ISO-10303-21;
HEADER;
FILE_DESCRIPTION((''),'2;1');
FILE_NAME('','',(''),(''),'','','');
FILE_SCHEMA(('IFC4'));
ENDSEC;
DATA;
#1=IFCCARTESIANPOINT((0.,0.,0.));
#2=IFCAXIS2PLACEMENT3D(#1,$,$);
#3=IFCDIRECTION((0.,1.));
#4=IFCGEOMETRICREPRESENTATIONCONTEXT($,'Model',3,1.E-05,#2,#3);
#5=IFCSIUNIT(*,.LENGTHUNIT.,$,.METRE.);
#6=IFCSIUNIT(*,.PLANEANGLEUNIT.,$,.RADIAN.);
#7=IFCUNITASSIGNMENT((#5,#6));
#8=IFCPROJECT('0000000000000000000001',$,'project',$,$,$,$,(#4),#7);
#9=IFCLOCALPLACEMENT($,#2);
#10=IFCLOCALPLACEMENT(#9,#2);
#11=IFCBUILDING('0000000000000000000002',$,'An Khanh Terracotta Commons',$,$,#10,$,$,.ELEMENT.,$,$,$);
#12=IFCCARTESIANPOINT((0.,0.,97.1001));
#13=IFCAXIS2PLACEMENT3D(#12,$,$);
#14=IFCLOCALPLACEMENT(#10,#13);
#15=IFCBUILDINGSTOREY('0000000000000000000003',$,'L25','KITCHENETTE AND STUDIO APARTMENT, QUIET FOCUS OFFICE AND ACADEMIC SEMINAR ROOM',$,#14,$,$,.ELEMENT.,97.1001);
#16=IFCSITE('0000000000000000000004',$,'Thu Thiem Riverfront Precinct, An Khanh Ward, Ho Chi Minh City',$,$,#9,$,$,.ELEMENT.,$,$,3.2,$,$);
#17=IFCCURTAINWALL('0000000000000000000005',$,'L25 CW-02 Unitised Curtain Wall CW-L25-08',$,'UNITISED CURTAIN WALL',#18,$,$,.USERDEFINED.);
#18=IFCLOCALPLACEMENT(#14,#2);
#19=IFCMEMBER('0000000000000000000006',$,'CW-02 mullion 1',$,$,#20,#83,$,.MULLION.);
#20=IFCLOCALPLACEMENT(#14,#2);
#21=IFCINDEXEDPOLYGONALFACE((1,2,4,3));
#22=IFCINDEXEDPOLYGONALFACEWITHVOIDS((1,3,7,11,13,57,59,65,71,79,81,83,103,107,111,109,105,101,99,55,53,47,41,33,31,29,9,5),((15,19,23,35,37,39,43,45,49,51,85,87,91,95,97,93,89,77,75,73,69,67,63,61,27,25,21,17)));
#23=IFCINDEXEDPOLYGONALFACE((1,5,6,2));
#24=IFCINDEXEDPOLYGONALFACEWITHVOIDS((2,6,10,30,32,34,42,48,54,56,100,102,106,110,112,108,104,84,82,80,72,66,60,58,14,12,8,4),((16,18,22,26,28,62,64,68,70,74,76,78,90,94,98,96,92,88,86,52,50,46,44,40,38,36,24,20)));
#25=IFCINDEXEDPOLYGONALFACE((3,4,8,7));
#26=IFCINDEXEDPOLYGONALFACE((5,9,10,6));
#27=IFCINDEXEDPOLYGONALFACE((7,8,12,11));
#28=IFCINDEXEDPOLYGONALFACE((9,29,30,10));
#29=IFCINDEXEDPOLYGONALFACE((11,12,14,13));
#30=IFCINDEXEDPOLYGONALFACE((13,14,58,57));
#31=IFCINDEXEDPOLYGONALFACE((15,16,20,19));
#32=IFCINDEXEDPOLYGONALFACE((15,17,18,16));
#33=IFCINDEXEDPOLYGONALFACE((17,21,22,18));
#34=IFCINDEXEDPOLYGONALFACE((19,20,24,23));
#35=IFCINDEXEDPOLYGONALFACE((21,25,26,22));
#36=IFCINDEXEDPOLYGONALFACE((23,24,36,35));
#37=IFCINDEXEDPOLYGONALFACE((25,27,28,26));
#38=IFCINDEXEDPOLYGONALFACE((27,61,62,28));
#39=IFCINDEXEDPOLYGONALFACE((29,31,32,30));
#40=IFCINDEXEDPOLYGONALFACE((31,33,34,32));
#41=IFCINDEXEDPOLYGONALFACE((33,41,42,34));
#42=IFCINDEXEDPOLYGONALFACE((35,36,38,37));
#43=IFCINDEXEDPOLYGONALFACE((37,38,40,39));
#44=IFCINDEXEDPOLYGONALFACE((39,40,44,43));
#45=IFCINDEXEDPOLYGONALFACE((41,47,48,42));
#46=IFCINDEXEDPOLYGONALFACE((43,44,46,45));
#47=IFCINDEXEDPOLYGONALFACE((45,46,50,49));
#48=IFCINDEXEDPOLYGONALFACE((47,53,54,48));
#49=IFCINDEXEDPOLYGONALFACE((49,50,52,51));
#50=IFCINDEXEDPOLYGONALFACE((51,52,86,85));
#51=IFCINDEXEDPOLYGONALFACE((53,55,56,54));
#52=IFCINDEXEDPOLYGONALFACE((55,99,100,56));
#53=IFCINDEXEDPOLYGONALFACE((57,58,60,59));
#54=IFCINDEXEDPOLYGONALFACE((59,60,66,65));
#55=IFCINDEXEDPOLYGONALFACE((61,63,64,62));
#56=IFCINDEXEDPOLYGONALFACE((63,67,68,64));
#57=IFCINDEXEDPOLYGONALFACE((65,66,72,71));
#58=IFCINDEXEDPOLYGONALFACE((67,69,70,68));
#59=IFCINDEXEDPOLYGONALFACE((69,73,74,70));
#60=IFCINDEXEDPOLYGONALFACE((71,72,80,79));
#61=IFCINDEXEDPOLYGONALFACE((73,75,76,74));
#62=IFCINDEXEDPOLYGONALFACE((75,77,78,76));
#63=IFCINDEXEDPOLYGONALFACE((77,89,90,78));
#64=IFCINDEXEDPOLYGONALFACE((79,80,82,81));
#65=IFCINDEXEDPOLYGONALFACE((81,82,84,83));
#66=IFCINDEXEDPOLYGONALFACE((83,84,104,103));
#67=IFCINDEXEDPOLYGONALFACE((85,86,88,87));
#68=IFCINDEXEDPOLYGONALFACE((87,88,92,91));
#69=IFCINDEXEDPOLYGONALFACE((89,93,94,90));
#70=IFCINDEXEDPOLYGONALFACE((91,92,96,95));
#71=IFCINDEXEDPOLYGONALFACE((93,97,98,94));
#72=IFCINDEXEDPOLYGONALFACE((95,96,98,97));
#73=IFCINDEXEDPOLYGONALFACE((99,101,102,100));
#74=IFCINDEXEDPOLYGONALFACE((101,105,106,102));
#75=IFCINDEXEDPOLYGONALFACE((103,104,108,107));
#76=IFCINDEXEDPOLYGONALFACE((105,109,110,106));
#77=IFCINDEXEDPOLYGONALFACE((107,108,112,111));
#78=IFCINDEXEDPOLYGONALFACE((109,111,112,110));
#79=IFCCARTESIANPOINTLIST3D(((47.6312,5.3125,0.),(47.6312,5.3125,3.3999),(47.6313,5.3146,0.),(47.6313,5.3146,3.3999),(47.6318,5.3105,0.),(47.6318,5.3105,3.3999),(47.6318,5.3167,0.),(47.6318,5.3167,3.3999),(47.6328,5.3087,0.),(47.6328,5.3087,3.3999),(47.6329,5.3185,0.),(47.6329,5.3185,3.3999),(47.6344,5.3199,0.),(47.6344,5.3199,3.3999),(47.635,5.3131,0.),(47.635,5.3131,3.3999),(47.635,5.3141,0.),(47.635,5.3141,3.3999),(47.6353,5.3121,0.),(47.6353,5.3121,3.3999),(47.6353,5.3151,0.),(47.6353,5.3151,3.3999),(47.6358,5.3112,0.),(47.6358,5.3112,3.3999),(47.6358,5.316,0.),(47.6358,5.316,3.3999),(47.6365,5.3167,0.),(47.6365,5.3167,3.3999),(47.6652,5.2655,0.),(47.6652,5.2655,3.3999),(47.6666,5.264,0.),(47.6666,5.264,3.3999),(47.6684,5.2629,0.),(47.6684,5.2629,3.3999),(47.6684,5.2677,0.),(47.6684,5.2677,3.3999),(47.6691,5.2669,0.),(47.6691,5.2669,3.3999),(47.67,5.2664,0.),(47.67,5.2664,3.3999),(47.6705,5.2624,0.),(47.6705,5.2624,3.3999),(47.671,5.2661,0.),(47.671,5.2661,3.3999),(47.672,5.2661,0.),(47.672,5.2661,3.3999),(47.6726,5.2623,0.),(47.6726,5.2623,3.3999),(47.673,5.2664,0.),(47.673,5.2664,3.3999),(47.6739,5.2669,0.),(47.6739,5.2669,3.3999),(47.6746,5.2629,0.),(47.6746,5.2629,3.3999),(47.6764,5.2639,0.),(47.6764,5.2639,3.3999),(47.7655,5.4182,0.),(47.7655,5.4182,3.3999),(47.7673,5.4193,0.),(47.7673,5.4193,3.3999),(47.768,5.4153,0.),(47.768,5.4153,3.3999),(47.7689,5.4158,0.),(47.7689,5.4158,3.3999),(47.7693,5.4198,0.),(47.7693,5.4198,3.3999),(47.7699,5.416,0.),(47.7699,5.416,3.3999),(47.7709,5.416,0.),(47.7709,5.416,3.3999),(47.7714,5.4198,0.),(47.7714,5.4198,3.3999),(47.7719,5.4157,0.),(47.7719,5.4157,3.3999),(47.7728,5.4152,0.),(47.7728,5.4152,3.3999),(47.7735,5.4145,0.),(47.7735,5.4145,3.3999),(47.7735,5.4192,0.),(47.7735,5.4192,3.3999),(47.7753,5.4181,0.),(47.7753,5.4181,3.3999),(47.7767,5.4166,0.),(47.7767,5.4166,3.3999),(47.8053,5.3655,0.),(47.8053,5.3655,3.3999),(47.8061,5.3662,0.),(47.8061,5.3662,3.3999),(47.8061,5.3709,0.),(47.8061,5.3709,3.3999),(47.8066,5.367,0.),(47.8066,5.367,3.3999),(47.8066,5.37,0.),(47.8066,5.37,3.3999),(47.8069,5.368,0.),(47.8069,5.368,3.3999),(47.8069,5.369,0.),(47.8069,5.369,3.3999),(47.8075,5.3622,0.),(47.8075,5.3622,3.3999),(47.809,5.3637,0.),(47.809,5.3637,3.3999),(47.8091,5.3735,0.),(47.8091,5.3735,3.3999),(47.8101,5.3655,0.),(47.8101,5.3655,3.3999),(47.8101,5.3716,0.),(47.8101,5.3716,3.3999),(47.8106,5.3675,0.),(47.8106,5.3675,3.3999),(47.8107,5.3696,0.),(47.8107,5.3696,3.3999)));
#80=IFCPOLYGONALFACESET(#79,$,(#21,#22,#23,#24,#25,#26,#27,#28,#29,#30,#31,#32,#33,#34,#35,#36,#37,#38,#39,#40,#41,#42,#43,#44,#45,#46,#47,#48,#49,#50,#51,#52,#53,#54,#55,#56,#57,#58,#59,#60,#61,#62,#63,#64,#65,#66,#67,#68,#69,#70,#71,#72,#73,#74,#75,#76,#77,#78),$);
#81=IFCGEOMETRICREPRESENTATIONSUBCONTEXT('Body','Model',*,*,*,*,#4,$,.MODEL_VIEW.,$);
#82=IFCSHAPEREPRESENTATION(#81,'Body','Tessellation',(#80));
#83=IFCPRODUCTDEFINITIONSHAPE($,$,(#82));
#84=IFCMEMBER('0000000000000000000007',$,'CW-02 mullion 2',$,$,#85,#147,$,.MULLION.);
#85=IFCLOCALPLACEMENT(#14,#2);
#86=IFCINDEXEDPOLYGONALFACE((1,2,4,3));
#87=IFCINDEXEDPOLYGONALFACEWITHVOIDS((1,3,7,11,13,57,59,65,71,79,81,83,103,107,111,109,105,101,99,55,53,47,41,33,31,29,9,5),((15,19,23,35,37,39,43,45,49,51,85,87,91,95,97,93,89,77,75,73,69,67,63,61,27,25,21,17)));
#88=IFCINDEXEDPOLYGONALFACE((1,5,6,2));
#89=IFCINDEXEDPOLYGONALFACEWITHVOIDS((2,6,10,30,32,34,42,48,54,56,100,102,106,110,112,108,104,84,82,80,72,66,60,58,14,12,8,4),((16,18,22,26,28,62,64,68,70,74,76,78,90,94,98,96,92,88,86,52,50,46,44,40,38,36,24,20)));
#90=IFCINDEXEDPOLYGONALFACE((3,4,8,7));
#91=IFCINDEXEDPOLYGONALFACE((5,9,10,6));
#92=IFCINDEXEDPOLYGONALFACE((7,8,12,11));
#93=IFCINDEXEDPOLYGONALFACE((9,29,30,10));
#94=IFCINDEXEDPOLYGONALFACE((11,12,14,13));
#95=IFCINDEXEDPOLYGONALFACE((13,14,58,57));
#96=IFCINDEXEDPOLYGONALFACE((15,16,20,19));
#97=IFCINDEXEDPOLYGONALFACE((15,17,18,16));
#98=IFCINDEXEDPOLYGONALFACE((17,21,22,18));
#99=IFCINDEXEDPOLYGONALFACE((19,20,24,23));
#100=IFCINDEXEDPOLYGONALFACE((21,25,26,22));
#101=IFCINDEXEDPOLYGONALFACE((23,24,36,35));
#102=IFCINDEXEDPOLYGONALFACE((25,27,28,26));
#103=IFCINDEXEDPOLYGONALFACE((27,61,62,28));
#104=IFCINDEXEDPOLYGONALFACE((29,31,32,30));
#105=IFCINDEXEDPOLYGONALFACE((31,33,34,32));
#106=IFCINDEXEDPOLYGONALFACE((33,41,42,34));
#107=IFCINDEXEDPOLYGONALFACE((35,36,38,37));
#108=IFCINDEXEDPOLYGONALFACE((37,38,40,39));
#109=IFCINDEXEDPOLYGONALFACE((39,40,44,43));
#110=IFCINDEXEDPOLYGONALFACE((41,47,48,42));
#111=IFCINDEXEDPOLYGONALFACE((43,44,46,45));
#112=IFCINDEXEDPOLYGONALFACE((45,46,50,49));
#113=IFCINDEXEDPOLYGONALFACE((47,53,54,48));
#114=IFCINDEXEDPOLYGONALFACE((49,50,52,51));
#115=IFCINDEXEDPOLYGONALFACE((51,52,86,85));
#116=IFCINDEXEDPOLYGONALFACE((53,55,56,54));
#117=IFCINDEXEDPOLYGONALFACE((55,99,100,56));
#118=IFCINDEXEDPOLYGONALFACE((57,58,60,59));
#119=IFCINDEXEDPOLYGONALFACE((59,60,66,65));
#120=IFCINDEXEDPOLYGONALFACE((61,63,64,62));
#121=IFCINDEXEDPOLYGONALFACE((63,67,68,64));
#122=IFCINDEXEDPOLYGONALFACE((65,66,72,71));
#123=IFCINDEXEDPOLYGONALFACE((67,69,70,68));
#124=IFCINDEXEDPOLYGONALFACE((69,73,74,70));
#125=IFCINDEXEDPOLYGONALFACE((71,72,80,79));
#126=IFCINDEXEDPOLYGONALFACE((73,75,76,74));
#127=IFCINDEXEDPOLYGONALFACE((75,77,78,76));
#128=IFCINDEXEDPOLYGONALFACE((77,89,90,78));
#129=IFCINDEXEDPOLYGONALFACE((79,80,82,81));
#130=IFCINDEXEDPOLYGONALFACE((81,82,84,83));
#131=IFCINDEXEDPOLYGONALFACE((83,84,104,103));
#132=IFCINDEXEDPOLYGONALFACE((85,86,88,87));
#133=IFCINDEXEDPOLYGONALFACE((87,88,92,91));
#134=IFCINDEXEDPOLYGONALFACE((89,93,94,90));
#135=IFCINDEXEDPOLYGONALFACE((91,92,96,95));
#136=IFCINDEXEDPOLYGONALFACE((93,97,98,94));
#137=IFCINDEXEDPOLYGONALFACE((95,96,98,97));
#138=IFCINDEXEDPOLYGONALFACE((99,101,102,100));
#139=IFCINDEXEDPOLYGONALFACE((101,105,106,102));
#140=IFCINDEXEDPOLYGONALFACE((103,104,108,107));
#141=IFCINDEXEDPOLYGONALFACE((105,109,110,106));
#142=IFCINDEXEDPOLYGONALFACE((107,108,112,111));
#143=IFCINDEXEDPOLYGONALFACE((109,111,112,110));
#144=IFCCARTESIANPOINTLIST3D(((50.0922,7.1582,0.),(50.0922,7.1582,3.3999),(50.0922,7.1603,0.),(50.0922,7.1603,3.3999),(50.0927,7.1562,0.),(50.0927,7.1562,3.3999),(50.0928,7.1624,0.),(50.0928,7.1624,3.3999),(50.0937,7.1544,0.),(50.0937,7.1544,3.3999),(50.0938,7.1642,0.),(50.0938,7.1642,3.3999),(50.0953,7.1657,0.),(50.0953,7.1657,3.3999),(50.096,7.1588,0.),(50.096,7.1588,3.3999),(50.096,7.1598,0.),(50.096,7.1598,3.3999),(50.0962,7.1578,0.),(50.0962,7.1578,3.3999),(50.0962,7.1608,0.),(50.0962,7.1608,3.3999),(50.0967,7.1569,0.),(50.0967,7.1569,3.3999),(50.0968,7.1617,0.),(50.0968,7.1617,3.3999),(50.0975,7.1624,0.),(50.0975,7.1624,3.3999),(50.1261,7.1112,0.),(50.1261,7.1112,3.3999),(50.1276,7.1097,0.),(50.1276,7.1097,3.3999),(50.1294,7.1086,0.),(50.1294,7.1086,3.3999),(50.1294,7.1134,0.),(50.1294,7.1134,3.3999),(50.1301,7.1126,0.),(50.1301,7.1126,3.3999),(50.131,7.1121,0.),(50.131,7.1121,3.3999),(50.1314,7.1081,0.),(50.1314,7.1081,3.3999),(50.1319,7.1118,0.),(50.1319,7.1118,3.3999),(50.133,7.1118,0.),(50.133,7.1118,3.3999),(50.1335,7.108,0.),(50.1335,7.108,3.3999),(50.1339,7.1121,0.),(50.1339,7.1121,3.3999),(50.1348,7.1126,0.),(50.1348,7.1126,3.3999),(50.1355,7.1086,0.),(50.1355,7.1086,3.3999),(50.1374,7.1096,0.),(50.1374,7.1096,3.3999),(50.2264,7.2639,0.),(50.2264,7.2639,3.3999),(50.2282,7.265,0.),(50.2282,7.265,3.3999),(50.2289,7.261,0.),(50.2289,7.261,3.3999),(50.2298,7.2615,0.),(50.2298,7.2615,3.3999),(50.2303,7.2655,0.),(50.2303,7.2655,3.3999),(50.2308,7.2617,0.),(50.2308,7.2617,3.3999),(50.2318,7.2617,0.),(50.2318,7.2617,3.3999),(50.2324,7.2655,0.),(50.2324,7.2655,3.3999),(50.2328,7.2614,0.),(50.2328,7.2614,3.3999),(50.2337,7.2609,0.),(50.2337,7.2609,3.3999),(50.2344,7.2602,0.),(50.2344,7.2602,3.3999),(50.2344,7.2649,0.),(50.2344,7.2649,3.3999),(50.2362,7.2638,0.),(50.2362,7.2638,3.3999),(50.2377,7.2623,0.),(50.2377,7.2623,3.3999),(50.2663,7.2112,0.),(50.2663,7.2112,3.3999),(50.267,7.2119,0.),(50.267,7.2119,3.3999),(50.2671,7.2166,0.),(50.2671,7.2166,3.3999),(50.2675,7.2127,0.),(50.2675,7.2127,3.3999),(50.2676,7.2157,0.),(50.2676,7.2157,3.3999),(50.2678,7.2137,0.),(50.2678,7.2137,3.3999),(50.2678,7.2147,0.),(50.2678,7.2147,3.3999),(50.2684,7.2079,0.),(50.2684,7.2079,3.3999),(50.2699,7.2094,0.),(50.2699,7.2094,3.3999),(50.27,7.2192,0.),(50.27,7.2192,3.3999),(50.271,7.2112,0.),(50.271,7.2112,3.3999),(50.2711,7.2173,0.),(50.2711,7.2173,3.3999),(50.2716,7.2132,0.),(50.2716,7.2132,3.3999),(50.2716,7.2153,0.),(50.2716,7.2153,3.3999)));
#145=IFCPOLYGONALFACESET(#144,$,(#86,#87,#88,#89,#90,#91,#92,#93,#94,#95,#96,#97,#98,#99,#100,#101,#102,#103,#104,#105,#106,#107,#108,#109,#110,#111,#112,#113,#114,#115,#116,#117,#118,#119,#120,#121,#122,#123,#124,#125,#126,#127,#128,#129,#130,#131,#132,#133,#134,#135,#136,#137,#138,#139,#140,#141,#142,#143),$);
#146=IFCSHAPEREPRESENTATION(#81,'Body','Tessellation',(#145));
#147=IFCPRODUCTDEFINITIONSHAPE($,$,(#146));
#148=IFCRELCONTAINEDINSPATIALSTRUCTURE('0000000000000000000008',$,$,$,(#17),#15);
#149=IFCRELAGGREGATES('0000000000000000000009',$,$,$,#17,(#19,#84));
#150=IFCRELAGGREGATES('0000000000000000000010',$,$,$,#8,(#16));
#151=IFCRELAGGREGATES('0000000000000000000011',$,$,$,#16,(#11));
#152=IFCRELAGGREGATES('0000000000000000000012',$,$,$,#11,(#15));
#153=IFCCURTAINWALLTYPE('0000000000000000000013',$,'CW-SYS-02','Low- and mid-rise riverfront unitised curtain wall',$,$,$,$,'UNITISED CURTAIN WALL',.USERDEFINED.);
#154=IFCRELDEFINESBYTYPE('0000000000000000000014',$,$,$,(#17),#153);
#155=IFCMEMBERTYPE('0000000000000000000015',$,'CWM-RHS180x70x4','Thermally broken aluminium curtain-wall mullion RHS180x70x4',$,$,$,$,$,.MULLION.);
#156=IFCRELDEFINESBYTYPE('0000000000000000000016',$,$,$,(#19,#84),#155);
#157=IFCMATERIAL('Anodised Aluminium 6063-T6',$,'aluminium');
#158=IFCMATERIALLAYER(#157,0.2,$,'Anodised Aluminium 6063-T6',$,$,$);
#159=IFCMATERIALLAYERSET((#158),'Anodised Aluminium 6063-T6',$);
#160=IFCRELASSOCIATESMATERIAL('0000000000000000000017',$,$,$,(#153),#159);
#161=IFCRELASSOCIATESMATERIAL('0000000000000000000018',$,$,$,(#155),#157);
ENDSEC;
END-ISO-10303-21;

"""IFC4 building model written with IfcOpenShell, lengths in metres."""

from ifc_helpers import new_model, si_unit, direction, frame, origin, origin_2d, place, context, subcontext, project, spatial, hollow_rectangle, extrude, material, layer, layer_set, material_profile, profile_set, type_object, element, aggregate, save


model = new_model("IFC4")

# Units and contexts
model_context = context("Model", 3, precision=1e-05, world=origin(), true_north=direction((0.0, 1.0)))
body_context = subcontext(model_context, "Body", "Model", "MODEL_VIEW")
ifc_project = project(units=[si_unit("LENGTHUNIT", "METRE"), si_unit("PLANEANGLEUNIT", "RADIAN")], contexts=[model_context])

# Site, building, storey
site_placement = place(None, origin())
site = spatial("IfcSite", under=ifc_project, at=site_placement, Name="Thu Thiem Riverfront Precinct, An Khanh Ward, Ho Chi Minh City", CompositionType="ELEMENT", RefElevation=3.2)
building_placement = place(site_placement, origin())
building = spatial("IfcBuilding", under=site, at=building_placement, Name="An Khanh Terracotta Commons", CompositionType="ELEMENT")
storey_placement = place(building_placement, frame((0.0, 0.0, 97.1001)))
storey = spatial("IfcBuildingStorey", under=building, at=storey_placement, Name="L25", Description="KITCHENETTE AND STUDIO APARTMENT, QUIET FOCUS OFFICE AND ACADEMIC SEMINAR ROOM", CompositionType="ELEMENT", Elevation=97.1001)

# Curtain wall, members
ifc_material_1 = material(Name="Anodised Aluminium 6063-T6", Category="aluminium")
ifc_layer_1 = layer(ifc_material_1, 0.2, Name="Anodised Aluminium 6063-T6")
ifc_layer_set_1 = layer_set([ifc_layer_1], Name="Anodised Aluminium 6063-T6")
curtain_wall_type = type_object("IfcCurtainWallType", Name="CW-SYS-02", Description="Low- and mid-rise riverfront unitised curtain wall", ElementType="UNITISED CURTAIN WALL", PredefinedType="USERDEFINED", material=ifc_layer_set_1)
curtain_wall_placement = place(storey_placement, origin())
curtain_wall = element("IfcCurtainWall", 1, at=curtain_wall_placement, inside=storey, type_object=curtain_wall_type, Name="L25 CW-02 Unitised Curtain Wall CW-L25-08", ObjectType="UNITISED CURTAIN WALL", PredefinedType="USERDEFINED")
ifc_material_profile_1 = material_profile(ifc_material_1, hollow_rectangle(XDim=0.0701, YDim=0.1799, WallThickness=0.0039, InnerFilletRadius=0.0039, OuterFilletRadius=0.0081, at=origin_2d()), Name="RHS180x70x4")
ifc_profile_set_1 = profile_set([ifc_material_profile_1], Name="Anodised Aluminium 6063-T6")
member_type_1 = type_object("IfcMemberType", Name="CWM-RHS180x70x4", Description="Thermally broken aluminium curtain-wall mullion RHS180x70x4", PredefinedType="MULLION", material=ifc_profile_set_1)
member_1_placement = place(storey_placement, frame((47.7209, 5.3411, 0.0), z_axis=(0.0, 0.0, 1.0), x_axis=(-0.599983, 0.800013, 0.0)))
member_1 = element("IfcMember", 2, at=member_1_placement, type_object=member_type_1, Name="CW-02 mullion 1", PredefinedType="MULLION", context=body_context, shape_type="SweptSolid", body=[
    extrude(hollow_rectangle(XDim=0.0701, YDim=0.1799, WallThickness=0.0039, InnerFilletRadius=0.0039, OuterFilletRadius=0.0081, at=origin_2d()), origin(), (0.0, 0.0, 1.0), 3.3999),
])
member_2_placement = place(storey_placement, frame((50.1819, 7.1868, 0.0), z_axis=(0.0, 0.0, 1.0), x_axis=(-0.599983, 0.800013, 0.0)))
member_2 = element("IfcMember", 3, at=member_2_placement, type_object=member_type_1, Name="CW-02 mullion 2", PredefinedType="MULLION", context=body_context, shape_type="SweptSolid", body=[
    extrude(hollow_rectangle(XDim=0.0701, YDim=0.1799, WallThickness=0.0039, InnerFilletRadius=0.0039, OuterFilletRadius=0.0081, at=origin_2d()), origin(), (0.0, 0.0, 1.0), 3.3999),
])
aggregate(curtain_wall, [member_1, member_2])

save(model, "model.ifc")
